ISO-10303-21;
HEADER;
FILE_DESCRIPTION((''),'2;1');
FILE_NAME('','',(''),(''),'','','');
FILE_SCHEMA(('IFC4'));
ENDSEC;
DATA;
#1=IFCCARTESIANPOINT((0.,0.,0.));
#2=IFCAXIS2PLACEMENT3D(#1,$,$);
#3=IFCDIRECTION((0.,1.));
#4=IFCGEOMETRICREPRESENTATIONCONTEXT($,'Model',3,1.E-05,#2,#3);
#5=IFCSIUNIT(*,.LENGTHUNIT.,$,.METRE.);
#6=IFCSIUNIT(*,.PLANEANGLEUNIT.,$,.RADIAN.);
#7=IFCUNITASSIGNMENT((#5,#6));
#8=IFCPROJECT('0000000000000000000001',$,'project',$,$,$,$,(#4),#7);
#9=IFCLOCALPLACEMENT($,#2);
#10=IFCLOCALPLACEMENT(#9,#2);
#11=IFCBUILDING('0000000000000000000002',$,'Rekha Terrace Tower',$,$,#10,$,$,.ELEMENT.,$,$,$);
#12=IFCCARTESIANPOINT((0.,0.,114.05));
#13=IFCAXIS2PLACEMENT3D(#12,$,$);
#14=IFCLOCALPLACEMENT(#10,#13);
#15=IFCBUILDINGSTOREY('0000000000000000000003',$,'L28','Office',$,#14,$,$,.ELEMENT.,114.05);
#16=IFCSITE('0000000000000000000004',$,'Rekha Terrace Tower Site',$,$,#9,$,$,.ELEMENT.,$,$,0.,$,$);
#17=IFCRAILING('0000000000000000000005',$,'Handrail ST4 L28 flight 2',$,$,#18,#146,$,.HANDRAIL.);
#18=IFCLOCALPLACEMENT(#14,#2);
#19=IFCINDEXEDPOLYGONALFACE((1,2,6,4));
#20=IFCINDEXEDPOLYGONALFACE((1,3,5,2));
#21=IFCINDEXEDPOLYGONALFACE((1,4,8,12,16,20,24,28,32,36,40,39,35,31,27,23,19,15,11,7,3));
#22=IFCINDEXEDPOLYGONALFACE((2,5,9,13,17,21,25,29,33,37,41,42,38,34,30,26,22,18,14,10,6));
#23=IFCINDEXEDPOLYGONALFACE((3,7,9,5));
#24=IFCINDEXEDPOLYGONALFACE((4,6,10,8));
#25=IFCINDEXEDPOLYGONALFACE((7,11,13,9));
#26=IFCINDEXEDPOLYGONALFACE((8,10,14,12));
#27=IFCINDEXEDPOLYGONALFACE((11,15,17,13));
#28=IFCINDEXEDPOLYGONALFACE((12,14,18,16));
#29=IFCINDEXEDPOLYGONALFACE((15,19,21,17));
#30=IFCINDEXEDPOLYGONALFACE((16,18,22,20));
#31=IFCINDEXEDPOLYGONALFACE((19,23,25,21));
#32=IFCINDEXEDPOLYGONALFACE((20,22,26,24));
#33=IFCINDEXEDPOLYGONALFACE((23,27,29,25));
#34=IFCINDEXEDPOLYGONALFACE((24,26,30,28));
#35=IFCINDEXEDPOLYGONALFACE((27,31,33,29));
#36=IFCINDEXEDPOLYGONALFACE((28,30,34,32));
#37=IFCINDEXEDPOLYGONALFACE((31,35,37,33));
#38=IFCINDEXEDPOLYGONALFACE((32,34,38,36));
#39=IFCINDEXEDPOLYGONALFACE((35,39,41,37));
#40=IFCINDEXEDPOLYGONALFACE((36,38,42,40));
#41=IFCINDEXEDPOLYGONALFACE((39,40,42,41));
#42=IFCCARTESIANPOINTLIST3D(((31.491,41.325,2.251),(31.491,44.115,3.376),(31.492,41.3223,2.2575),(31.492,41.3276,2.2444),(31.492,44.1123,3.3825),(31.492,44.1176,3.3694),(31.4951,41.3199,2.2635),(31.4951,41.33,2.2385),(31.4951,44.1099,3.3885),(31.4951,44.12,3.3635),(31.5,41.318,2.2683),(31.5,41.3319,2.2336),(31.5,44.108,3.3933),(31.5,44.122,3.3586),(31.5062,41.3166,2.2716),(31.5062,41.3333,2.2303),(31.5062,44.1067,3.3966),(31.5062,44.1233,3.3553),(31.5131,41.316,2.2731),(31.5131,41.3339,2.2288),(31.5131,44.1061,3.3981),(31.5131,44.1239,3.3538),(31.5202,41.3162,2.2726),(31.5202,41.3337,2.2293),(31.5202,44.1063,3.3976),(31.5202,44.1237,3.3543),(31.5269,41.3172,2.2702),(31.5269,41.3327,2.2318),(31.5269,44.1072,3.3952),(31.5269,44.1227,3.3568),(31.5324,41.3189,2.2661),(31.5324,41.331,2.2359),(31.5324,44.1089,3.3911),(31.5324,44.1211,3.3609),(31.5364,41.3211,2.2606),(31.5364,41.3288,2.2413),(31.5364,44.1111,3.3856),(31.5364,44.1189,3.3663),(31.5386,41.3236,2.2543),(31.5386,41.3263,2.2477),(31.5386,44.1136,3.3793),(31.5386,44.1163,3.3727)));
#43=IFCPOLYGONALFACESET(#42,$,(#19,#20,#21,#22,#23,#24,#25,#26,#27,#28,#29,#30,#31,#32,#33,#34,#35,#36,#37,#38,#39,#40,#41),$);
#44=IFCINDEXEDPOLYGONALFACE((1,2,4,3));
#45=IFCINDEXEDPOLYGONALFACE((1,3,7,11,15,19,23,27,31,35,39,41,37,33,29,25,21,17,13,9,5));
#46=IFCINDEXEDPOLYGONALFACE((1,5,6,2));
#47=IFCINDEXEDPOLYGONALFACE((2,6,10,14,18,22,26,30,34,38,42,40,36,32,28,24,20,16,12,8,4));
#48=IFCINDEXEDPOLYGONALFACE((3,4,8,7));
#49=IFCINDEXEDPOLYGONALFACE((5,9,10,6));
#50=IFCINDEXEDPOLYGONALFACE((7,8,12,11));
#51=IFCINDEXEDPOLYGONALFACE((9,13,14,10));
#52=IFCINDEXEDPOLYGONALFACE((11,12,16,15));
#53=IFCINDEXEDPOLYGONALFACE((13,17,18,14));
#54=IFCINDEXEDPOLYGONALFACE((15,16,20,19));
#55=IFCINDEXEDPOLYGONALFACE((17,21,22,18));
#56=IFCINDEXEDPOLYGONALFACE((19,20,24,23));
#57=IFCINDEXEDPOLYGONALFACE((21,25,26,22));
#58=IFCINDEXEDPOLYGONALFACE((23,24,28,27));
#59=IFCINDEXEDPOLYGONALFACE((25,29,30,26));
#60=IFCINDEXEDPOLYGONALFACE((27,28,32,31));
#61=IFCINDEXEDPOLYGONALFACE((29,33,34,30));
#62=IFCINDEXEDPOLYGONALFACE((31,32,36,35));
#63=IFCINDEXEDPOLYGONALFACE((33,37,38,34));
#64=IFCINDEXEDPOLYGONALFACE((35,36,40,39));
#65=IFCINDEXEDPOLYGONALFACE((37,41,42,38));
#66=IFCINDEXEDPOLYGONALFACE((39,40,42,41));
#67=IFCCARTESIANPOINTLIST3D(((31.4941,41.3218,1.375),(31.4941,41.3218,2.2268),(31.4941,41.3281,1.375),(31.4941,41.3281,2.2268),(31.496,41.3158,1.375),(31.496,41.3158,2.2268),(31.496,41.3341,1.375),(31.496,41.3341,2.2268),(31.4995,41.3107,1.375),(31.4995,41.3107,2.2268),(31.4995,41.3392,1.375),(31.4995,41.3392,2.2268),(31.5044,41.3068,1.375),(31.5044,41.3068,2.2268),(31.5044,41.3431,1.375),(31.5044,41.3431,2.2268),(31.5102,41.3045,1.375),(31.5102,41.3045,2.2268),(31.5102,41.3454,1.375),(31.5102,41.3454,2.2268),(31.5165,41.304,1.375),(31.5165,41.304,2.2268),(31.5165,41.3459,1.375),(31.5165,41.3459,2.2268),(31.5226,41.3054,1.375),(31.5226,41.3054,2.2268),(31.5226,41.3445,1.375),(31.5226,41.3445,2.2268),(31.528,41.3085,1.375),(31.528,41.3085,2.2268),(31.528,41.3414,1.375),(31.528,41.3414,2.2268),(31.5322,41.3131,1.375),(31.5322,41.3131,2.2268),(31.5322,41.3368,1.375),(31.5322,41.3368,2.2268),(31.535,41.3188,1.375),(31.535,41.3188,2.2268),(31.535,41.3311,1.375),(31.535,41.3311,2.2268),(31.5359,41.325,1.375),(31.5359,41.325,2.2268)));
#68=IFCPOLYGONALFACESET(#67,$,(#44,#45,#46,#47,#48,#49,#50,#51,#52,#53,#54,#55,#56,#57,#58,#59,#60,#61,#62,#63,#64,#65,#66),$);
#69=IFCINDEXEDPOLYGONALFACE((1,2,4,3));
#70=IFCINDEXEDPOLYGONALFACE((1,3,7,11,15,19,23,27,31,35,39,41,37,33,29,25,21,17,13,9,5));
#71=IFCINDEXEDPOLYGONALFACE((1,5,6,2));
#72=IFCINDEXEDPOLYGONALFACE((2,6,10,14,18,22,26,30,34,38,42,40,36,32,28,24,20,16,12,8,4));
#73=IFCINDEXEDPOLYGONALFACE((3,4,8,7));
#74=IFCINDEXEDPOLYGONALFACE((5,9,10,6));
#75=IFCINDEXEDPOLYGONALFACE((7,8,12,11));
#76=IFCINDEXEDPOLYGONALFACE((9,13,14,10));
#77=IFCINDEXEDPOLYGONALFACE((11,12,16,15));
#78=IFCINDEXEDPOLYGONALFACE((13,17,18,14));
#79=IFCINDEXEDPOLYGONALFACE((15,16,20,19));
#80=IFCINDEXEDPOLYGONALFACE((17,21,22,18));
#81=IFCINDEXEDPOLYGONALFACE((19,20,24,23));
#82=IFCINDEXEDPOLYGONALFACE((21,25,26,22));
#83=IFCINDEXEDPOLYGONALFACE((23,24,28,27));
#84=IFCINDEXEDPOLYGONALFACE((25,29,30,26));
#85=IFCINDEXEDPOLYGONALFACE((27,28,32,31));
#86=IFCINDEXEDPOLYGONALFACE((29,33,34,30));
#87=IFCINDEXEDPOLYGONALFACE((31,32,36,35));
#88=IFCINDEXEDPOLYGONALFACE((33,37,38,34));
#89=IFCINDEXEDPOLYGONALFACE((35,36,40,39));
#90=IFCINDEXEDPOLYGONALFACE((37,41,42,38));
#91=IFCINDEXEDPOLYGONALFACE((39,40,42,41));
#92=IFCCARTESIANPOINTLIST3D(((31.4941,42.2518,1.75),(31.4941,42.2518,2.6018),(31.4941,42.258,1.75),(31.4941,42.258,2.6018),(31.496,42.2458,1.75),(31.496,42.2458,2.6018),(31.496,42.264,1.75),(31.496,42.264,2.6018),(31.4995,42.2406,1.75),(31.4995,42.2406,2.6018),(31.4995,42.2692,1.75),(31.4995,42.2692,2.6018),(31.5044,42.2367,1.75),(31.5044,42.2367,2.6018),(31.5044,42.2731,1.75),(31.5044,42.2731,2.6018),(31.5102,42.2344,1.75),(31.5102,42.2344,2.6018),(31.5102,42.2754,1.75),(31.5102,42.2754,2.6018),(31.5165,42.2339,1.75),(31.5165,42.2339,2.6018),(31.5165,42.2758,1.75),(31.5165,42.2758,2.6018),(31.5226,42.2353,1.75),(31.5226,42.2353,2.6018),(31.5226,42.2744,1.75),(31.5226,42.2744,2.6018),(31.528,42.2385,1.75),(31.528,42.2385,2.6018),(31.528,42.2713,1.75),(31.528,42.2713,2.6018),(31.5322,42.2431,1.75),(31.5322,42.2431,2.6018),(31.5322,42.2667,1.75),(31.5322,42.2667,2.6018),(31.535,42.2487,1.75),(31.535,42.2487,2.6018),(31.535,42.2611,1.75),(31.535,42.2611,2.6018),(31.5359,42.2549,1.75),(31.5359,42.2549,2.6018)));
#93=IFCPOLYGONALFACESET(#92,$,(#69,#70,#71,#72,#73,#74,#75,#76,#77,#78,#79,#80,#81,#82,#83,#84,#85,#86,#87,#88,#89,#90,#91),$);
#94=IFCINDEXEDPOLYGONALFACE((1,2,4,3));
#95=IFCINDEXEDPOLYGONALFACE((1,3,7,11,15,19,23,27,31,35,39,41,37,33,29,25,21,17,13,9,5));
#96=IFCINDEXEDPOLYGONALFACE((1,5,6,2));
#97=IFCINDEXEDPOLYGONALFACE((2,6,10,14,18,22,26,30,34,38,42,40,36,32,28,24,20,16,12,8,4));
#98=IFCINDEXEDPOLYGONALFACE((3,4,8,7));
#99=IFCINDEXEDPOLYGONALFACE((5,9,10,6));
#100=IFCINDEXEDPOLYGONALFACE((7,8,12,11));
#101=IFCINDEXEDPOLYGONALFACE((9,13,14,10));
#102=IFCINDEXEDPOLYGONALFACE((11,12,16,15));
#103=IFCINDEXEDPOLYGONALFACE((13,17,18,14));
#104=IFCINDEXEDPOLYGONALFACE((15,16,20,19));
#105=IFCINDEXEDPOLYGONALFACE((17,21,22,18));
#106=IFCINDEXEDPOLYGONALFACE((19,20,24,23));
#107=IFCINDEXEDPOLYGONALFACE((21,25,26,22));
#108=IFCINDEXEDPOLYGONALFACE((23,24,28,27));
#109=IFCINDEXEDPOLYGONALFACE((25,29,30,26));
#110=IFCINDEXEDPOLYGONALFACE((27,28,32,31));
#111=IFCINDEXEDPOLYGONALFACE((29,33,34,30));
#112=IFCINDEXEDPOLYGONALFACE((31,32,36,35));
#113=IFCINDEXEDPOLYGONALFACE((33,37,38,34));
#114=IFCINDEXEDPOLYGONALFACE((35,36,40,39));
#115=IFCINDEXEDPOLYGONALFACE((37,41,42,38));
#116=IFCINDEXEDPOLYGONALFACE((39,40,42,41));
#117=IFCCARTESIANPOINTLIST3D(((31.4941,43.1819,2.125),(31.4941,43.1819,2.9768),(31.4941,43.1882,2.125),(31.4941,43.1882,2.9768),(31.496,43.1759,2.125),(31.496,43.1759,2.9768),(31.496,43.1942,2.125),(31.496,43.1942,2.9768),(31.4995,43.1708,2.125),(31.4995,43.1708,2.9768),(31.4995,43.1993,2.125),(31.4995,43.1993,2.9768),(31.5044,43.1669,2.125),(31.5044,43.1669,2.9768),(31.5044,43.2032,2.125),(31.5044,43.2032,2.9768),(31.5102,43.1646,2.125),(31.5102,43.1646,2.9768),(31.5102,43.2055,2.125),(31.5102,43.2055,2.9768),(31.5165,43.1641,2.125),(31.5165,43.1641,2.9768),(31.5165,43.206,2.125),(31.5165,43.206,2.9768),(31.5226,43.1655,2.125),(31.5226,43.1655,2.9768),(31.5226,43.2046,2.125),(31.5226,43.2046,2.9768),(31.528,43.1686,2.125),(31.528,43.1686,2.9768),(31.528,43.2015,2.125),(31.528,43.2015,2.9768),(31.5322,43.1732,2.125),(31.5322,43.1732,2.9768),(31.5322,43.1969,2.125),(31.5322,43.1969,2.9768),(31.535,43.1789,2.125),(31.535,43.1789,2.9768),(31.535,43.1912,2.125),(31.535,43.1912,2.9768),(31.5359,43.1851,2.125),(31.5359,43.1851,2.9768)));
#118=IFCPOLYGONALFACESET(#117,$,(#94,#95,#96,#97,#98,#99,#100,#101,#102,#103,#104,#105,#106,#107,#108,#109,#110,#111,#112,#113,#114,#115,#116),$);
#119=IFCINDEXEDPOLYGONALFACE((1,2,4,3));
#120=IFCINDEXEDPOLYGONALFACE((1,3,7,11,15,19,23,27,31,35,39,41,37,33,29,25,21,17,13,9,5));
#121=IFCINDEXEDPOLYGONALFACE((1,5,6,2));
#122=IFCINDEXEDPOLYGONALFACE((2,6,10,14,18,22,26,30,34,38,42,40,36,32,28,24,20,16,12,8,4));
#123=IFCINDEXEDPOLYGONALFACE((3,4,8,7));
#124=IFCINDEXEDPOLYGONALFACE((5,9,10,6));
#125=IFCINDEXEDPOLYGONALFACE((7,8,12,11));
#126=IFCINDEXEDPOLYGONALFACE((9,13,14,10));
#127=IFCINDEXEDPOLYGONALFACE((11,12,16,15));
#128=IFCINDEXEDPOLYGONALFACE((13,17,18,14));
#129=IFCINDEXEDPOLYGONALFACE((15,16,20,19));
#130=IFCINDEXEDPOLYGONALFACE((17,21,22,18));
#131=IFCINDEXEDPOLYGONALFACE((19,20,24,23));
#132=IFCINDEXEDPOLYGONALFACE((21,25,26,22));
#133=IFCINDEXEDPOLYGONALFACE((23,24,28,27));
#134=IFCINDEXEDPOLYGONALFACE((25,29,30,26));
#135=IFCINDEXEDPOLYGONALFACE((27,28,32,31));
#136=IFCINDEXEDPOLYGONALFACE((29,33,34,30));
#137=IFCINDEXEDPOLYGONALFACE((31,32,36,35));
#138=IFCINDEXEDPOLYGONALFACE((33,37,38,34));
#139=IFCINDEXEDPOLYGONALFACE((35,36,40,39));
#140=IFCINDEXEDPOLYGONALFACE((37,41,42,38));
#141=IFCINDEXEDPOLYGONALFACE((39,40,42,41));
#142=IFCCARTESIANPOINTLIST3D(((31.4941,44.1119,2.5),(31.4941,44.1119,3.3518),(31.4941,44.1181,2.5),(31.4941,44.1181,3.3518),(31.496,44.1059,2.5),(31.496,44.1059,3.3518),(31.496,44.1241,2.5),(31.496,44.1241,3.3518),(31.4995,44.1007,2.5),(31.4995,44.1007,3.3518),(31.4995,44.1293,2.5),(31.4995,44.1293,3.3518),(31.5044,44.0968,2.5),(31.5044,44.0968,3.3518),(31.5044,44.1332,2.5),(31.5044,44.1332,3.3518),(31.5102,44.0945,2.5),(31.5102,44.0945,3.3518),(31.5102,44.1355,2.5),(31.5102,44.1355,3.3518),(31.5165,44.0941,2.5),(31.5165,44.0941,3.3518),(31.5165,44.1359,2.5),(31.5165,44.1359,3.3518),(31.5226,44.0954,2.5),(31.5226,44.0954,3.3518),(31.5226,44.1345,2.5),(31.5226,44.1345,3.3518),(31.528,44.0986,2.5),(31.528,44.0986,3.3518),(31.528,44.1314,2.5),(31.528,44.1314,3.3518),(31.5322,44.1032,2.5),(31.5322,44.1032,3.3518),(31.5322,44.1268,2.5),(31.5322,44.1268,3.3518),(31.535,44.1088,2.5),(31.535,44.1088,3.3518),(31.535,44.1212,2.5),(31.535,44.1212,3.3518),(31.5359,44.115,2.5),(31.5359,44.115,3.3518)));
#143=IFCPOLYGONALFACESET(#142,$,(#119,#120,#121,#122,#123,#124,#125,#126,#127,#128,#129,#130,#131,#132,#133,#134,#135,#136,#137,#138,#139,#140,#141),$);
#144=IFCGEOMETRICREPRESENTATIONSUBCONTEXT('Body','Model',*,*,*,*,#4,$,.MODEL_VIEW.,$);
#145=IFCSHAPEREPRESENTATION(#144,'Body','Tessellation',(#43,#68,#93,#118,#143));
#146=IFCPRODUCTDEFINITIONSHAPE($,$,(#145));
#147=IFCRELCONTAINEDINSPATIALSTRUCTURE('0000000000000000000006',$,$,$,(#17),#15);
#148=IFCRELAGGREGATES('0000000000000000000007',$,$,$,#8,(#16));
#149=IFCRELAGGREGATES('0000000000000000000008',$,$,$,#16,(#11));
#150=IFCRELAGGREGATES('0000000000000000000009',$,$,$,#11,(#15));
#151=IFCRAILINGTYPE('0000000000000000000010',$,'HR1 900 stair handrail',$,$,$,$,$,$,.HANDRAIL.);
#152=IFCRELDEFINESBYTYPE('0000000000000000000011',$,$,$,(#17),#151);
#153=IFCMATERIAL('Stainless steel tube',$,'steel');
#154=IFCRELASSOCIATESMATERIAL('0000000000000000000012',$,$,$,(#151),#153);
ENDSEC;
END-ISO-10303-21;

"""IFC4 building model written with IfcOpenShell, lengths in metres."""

from ifc_helpers import new_model, si_unit, direction, frame, origin, origin_2d, place, context, subcontext, project, spatial, circle, extrude, material, type_object, element, save


model = new_model("IFC4")

# Units and contexts
model_context = context("Model", 3, precision=1e-05, world=origin(), true_north=direction((0.0, 1.0)))
body_context = subcontext(model_context, "Body", "Model", "MODEL_VIEW")
ifc_project = project(units=[si_unit("LENGTHUNIT", "METRE"), si_unit("PLANEANGLEUNIT", "RADIAN")], contexts=[model_context])

# Site, building, storey
site_placement = place(None, origin())
site = spatial("IfcSite", under=ifc_project, at=site_placement, Name="Rekha Terrace Tower Site", CompositionType="ELEMENT", RefElevation=0.0)
building_placement = place(site_placement, origin())
building = spatial("IfcBuilding", under=site, at=building_placement, Name="Rekha Terrace Tower", CompositionType="ELEMENT")
storey_placement = place(building_placement, frame((0.0, 0.0, 114.05)))
storey = spatial("IfcBuildingStorey", under=building, at=storey_placement, Name="L28", Description="Office", CompositionType="ELEMENT", Elevation=114.05)

# Railing
ifc_material_1 = material(Name="Stainless steel tube", Category="steel")
railing_type_1 = type_object("IfcRailingType", Name="HR1 900 stair handrail", PredefinedType="HANDRAIL", material=ifc_material_1)
railing_1_placement = place(storey_placement, frame((31.5149, 41.325, 1.375)))
element("IfcRailing", 1, at=railing_1_placement, inside=storey, type_object=railing_type_1, Name="Handrail ST4 L28 flight 2", PredefinedType="HANDRAIL", context=body_context, shape_type="SweptSolid", body=[
    extrude(circle(Radius=0.0239, at=origin_2d()), frame((0.0, 0.0, 0.876), z_axis=(0.0, 0.927443, 0.373964), x_axis=(-1.0, 0.0, 0.0)), (0.0, 0.0, 1.0), 3.0083),
    extrude(circle(Radius=0.021, at=origin_2d()), origin(), (0.0, 0.0, 1.0), 0.8518),
    extrude(circle(Radius=0.021, at=origin_2d()), frame((0.0, 0.9299, 0.375)), (0.0, 0.0, 1.0), 0.8518),
    extrude(circle(Radius=0.021, at=origin_2d()), frame((0.0, 1.8601, 0.75)), (0.0, 0.0, 1.0), 0.8518),
    extrude(circle(Radius=0.021, at=origin_2d()), frame((0.0, 2.79, 1.125)), (0.0, 0.0, 1.0), 0.8518),
])

save(model, "model.ifc")
